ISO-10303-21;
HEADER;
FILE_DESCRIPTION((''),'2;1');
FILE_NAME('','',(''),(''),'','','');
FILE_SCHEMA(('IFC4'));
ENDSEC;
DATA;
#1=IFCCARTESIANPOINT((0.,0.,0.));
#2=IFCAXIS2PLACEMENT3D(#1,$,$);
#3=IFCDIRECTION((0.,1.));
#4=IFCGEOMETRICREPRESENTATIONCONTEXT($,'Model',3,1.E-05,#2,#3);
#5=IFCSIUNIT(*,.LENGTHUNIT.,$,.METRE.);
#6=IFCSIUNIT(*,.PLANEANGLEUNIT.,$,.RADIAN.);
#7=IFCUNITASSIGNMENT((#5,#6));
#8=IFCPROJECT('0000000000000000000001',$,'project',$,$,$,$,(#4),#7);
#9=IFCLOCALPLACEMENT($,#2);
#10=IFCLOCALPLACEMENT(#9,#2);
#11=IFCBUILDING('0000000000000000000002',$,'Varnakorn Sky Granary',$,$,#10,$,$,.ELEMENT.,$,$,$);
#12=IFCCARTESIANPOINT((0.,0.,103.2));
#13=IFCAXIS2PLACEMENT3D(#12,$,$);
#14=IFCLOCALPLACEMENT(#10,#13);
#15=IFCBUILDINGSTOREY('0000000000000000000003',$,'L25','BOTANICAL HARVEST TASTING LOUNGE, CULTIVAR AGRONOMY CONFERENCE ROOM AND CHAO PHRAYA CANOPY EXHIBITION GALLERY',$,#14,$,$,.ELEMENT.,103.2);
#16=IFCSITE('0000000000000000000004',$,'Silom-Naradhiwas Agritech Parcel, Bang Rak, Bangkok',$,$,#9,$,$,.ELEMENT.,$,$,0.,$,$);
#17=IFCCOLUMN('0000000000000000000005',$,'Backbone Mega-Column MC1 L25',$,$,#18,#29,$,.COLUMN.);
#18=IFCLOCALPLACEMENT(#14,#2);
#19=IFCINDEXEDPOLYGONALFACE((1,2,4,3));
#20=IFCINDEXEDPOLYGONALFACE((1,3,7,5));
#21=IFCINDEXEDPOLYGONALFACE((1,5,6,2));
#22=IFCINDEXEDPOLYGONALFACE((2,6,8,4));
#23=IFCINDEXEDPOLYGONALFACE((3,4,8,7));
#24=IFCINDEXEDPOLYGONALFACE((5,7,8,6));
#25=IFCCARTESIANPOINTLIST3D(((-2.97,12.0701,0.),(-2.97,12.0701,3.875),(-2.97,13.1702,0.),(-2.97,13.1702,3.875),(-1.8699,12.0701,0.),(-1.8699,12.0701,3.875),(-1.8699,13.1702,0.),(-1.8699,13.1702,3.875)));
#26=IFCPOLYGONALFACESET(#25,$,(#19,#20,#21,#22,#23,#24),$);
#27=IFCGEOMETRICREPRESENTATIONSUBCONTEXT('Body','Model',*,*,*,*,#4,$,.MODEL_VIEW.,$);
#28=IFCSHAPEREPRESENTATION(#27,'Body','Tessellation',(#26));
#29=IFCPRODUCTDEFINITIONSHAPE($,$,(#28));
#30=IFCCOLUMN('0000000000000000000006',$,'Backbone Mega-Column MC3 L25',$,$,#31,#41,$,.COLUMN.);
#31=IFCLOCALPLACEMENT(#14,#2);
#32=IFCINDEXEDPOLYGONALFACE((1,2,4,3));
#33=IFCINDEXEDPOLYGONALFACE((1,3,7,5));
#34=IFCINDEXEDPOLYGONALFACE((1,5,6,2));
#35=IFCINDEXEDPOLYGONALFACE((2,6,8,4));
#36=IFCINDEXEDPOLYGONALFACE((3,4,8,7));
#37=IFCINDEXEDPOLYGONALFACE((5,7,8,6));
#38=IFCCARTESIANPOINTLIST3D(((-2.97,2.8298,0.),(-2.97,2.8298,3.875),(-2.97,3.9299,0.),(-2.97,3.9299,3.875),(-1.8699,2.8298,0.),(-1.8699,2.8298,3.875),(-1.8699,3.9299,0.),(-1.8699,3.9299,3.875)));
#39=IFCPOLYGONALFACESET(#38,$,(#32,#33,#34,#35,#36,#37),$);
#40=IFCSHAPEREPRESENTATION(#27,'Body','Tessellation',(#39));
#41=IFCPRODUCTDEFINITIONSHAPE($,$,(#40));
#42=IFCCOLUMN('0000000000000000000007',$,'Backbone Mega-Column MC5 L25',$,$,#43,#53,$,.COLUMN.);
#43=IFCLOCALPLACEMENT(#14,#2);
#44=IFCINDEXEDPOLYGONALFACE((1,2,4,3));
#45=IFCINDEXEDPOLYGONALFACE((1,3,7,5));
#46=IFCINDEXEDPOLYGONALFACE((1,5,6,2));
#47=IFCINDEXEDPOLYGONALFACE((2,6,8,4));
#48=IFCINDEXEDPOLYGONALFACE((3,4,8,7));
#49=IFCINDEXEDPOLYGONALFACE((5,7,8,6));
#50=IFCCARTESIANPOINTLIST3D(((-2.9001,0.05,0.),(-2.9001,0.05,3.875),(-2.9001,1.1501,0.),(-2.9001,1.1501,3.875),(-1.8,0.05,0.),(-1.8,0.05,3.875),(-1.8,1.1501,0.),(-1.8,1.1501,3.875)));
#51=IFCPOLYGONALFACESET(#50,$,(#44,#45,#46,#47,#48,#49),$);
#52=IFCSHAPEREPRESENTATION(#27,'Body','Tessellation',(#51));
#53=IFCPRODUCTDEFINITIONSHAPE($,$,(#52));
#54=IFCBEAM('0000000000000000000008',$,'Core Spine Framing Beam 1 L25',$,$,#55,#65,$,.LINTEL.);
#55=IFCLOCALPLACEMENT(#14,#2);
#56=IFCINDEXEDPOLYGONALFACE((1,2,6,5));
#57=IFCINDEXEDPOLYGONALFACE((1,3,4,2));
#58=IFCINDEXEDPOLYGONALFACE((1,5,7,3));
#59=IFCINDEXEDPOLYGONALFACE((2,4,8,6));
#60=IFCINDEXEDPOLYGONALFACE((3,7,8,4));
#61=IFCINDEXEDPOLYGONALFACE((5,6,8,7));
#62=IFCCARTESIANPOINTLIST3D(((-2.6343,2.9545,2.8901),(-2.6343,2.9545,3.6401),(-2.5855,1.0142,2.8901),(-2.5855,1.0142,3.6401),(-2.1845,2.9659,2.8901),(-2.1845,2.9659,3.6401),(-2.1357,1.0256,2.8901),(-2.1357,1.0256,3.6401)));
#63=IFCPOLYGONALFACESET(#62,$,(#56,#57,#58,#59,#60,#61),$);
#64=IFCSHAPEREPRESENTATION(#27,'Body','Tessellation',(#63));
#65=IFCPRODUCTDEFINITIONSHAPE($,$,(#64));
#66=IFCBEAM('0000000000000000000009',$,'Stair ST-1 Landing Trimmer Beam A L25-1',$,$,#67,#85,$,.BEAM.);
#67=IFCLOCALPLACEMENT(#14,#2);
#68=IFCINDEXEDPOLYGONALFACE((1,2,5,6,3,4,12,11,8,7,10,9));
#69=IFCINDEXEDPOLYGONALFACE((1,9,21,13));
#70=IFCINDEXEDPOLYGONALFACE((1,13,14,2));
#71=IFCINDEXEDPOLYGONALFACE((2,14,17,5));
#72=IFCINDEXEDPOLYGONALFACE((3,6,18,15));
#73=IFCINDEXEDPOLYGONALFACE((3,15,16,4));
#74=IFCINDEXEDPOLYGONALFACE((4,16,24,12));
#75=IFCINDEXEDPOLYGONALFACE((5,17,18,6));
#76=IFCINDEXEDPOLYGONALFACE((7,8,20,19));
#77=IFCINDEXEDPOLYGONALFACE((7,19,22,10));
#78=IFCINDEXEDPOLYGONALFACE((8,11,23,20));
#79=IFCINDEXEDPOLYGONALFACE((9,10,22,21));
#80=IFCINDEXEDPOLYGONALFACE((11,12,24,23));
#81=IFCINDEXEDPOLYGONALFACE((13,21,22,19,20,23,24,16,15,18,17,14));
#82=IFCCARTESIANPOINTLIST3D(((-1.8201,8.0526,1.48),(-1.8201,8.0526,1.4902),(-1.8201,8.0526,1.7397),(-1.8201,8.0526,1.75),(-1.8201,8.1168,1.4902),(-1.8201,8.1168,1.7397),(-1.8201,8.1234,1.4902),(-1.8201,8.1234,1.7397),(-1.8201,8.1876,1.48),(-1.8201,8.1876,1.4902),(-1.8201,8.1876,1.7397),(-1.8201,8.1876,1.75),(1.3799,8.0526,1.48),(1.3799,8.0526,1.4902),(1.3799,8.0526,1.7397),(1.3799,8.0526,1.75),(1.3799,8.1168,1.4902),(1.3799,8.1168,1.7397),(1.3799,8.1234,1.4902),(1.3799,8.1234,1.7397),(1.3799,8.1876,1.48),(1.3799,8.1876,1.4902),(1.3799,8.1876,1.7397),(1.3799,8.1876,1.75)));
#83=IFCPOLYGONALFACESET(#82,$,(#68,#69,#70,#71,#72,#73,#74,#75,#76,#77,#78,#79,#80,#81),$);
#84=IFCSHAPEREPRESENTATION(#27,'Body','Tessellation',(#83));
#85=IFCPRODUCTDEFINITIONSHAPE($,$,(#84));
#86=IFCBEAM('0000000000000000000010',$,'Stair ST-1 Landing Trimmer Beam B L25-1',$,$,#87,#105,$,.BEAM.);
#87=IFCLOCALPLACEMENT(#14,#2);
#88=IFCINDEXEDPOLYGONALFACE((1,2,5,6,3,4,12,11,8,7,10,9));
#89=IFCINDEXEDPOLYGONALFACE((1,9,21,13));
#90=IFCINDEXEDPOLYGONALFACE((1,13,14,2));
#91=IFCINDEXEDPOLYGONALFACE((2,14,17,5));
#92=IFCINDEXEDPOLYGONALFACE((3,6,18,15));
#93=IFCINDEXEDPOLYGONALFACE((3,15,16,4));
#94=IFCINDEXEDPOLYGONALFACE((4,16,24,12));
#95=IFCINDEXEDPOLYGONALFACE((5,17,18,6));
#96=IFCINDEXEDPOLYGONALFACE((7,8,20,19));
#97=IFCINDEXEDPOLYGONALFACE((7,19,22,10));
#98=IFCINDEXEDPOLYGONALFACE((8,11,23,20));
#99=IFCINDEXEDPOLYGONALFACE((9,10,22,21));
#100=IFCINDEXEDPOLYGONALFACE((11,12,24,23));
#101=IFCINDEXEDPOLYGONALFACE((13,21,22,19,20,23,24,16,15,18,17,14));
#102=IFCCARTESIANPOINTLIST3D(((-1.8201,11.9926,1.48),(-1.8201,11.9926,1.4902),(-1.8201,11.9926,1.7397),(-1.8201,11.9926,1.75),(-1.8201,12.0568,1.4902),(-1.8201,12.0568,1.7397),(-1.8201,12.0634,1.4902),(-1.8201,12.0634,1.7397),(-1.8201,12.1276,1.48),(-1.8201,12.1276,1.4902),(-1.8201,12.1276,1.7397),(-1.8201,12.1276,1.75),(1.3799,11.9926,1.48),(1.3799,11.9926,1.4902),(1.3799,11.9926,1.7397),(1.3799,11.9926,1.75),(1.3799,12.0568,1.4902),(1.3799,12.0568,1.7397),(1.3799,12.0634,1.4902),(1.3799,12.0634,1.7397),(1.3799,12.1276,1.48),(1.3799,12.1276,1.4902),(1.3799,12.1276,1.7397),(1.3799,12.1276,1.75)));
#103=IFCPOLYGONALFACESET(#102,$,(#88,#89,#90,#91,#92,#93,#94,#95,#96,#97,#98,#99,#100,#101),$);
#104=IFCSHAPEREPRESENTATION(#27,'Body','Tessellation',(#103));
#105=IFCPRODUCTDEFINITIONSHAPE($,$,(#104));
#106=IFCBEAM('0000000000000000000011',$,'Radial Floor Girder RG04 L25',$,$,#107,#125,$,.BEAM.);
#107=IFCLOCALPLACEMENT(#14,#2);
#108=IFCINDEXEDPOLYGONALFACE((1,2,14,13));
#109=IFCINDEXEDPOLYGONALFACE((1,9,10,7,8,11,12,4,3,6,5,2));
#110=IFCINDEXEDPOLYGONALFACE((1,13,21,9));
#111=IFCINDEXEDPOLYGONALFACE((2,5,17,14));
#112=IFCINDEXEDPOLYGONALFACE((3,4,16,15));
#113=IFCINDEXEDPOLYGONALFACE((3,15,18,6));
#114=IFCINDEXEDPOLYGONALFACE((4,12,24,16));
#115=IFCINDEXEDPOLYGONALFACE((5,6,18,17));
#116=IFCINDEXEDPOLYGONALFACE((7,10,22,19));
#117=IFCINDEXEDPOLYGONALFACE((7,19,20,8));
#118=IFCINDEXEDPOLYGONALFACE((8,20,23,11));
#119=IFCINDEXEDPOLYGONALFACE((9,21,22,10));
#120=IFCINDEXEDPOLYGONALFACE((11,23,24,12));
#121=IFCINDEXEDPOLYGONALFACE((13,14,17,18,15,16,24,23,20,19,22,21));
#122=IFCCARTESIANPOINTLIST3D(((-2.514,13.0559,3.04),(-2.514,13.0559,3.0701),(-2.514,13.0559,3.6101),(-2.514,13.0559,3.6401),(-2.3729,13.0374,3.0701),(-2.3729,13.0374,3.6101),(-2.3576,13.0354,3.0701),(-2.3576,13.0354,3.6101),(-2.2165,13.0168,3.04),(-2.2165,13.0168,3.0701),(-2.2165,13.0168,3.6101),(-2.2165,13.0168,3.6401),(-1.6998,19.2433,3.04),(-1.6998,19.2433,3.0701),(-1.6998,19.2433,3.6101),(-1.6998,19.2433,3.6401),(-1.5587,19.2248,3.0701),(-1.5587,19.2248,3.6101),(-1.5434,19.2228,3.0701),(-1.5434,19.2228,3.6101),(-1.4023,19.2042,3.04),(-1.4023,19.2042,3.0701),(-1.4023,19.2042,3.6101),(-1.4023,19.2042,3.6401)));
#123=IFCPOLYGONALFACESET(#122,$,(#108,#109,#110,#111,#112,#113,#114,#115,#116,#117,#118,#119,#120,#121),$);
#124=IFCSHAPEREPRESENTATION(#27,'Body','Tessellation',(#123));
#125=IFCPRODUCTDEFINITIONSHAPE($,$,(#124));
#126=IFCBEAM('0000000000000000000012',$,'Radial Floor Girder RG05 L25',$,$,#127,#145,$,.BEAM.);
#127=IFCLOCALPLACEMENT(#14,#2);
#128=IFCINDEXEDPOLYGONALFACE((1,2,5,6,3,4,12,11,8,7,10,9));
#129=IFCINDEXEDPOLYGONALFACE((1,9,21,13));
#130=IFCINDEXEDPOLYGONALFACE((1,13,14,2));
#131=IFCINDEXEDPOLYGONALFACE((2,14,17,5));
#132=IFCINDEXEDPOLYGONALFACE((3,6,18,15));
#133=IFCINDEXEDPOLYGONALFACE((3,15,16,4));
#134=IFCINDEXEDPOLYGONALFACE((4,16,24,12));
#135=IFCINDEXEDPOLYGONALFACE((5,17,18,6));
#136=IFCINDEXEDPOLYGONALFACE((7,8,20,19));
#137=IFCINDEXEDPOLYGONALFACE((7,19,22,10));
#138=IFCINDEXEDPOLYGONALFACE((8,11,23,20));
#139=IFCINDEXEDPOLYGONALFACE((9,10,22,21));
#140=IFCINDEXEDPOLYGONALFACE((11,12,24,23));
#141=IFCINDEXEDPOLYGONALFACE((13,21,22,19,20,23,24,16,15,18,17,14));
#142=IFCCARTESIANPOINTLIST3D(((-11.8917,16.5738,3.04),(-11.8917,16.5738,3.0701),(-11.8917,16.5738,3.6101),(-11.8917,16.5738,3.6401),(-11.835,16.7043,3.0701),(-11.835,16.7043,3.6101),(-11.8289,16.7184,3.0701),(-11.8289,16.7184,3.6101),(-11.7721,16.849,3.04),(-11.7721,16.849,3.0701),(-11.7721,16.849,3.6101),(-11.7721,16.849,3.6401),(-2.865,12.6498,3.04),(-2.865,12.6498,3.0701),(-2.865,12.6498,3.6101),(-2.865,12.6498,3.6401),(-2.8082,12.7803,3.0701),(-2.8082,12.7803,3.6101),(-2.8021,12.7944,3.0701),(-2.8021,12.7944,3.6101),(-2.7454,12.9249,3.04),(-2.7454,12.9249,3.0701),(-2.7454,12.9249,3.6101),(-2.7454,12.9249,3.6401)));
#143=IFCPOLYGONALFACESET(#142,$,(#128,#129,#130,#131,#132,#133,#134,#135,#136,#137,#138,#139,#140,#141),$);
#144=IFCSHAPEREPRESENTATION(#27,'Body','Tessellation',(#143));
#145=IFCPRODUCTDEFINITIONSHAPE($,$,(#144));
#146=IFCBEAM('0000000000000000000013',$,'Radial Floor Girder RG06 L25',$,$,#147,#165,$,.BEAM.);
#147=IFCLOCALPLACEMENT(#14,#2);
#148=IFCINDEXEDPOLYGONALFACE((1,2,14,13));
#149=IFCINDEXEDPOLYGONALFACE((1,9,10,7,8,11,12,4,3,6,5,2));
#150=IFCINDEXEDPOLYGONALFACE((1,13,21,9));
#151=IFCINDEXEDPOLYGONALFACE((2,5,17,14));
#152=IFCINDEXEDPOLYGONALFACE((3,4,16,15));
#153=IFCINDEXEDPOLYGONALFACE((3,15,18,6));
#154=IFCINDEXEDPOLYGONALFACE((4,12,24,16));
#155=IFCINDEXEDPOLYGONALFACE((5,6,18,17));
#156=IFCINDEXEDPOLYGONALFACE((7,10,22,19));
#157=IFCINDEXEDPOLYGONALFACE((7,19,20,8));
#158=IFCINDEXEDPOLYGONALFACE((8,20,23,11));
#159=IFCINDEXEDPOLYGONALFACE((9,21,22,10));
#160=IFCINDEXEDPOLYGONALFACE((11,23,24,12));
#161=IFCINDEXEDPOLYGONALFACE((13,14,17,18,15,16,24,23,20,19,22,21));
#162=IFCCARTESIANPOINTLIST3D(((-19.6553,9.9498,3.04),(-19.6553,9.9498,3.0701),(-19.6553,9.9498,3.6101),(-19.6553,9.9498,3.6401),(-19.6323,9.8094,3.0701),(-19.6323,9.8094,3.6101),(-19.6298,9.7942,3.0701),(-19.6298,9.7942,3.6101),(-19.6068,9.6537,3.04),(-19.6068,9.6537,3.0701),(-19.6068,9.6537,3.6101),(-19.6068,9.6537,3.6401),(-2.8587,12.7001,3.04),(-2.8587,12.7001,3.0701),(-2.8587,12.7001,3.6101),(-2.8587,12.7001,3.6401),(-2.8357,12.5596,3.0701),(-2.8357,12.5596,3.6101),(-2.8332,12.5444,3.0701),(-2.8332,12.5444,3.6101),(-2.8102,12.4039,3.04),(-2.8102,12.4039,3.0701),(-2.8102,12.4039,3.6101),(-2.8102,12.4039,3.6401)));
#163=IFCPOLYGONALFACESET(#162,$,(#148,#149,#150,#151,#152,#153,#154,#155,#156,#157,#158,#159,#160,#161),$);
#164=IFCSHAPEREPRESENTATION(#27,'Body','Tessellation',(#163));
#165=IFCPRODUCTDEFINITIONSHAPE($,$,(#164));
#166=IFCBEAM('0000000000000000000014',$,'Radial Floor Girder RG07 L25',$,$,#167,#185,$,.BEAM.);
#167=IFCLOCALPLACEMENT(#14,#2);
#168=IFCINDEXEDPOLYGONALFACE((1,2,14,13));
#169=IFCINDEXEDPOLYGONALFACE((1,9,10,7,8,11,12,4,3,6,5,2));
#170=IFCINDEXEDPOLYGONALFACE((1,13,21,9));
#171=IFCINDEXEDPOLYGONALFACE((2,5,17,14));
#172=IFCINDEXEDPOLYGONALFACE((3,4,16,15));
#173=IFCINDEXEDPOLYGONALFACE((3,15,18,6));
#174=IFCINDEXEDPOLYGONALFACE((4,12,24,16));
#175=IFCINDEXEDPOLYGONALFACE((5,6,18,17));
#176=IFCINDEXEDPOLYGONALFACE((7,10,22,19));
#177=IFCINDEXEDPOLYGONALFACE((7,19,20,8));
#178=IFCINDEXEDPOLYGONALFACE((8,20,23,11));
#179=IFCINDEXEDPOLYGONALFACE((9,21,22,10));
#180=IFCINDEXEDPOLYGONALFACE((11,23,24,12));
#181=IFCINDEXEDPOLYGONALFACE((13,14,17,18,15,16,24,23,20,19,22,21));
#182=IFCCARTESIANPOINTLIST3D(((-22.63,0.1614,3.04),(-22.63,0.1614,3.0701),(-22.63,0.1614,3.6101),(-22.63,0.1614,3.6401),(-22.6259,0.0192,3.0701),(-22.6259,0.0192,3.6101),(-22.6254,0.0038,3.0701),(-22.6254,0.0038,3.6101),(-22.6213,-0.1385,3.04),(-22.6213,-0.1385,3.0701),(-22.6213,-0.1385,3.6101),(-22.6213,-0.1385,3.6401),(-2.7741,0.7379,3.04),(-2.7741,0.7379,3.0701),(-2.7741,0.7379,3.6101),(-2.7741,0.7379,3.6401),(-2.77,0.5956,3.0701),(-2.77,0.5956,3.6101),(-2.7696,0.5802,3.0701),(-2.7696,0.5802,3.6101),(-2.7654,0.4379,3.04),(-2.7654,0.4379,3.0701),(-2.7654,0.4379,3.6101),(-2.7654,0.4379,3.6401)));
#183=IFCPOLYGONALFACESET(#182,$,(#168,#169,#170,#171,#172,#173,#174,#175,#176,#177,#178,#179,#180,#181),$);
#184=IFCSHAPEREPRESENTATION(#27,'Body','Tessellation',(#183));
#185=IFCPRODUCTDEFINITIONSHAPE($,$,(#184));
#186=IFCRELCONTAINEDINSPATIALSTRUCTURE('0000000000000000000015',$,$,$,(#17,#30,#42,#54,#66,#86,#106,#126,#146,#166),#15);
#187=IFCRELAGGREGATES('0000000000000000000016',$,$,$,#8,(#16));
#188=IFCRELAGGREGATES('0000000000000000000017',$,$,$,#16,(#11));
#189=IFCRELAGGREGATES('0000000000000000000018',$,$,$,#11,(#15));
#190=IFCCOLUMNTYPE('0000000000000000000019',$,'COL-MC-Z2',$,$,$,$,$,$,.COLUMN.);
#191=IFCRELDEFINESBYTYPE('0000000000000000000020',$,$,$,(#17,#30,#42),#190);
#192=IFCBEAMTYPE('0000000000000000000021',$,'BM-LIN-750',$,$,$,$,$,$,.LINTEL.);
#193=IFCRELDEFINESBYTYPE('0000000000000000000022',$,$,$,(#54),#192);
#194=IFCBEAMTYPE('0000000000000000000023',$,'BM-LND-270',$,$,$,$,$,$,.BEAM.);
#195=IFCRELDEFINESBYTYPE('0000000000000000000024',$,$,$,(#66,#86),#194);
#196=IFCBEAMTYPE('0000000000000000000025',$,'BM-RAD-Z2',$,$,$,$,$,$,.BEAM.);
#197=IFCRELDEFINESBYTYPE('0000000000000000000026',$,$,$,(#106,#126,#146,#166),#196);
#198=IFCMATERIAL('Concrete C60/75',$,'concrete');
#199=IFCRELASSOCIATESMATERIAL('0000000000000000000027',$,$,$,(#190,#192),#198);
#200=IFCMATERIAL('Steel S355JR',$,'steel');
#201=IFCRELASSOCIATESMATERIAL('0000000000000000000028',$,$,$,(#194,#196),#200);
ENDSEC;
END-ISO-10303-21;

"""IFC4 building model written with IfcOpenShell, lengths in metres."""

from ifc_helpers import new_model, si_unit, direction, frame, origin, origin_2d, place, context, subcontext, project, spatial, rectangle, i_section, extrude, material, material_profile, profile_set, type_object, element, save


model = new_model("IFC4")

# Units and contexts
model_context = context("Model", 3, precision=1e-05, world=origin(), true_north=direction((0.0, 1.0)))
body_context = subcontext(model_context, "Body", "Model", "MODEL_VIEW")
ifc_project = project(units=[si_unit("LENGTHUNIT", "METRE"), si_unit("PLANEANGLEUNIT", "RADIAN")], contexts=[model_context])

# Site, building, storey
site_placement = place(None, origin())
site = spatial("IfcSite", under=ifc_project, at=site_placement, Name="Silom-Naradhiwas Agritech Parcel, Bang Rak, Bangkok", CompositionType="ELEMENT", RefElevation=0.0)
building_placement = place(site_placement, origin())
building = spatial("IfcBuilding", under=site, at=building_placement, Name="Varnakorn Sky Granary", CompositionType="ELEMENT")
storey_placement = place(building_placement, frame((0.0, 0.0, 103.2)))
storey = spatial("IfcBuildingStorey", under=building, at=storey_placement, Name="L25", Description="BOTANICAL HARVEST TASTING LOUNGE, CULTIVAR AGRONOMY CONFERENCE ROOM AND CHAO PHRAYA CANOPY EXHIBITION GALLERY", CompositionType="ELEMENT", Elevation=103.2)

# Columns
ifc_material_1 = material(Name="Concrete C60/75", Category="concrete")
ifc_material_profile_1 = material_profile(ifc_material_1, rectangle(XDim=1.1001, YDim=1.1001, at=origin_2d()), Name="RC 1100x1100")
ifc_profile_set_1 = profile_set([ifc_material_profile_1], Name="Concrete C60/75")
column_type = type_object("IfcColumnType", Name="COL-MC-Z2", PredefinedType="COLUMN", material=ifc_profile_set_1)
for number, where, z_axis, x_axis, name in (
    (1, (-2.4199, 12.6201, 0.0), (0.0, 0.0, 1.0), (1.0, 0.0, 0.0), "Backbone Mega-Column MC1 L25"),
    (2, (-2.4199, 3.3799, 0.0), (0.0, 0.0, 1.0), (1.0, 0.0, 0.0), "Backbone Mega-Column MC3 L25"),
    (3, (-2.3501, 0.6001, 0.0), (0.0, 0.0, 1.0), (1.0, 0.0, 0.0), "Backbone Mega-Column MC5 L25"),
):
    element("IfcColumn", number, at=place(storey_placement, frame(where, z_axis=z_axis, x_axis=x_axis)), inside=storey, type_object=column_type, Name=name, PredefinedType="COLUMN", context=body_context, shape_type="SweptSolid", body=[
        extrude(rectangle(XDim=1.1001, YDim=1.1001, at=origin_2d()), origin(), (0.0, 0.0, 1.0), 3.875),
    ])

# Beams
ifc_material_profile_2 = material_profile(ifc_material_1, rectangle(XDim=0.45, YDim=0.75, at=origin_2d()), Name="RC 450x750")
ifc_profile_set_2 = profile_set([ifc_material_profile_2], Name="Concrete C60/75")
beam_type_1 = type_object("IfcBeamType", Name="BM-LIN-750", PredefinedType="LINTEL", material=ifc_profile_set_2)
beam_1_placement = place(storey_placement, frame((-2.4094, 2.9602, 3.2651), z_axis=(0.025159, -0.999683, 0.0), x_axis=(0.999683, 0.025159, 0.0)))
element("IfcBeam", 4, at=beam_1_placement, inside=storey, type_object=beam_type_1, Name="Core Spine Framing Beam 1 L25", PredefinedType="LINTEL", context=body_context, shape_type="SweptSolid", body=[
    extrude(rectangle(XDim=0.45, YDim=0.75, at=origin_2d()), origin(), (0.0, 0.0, 1.0), 1.9409),
])
ifc_material_2 = material(Name="Steel S355JR", Category="steel")
ifc_material_profile_3 = material_profile(ifc_material_2, i_section(OverallWidth=0.135, OverallDepth=0.27, WebThickness=0.0066, FlangeThickness=0.0103, at=origin_2d()), Name="IPE 270")
ifc_profile_set_3 = profile_set([ifc_material_profile_3], Name="Steel S355JR")
beam_type_2 = type_object("IfcBeamType", Name="BM-LND-270", PredefinedType="BEAM", material=ifc_profile_set_3)
for number, where, z_axis, x_axis, name in (
    (5, (-1.8201, 8.1201, 1.615), (1.0, 0.0, 0.0), (0.0, 1.0, 0.0), "Stair ST-1 Landing Trimmer Beam A L25-1"),
    (6, (-1.8201, 12.0601, 1.615), (1.0, 0.0, 0.0), (0.0, 1.0, 0.0), "Stair ST-1 Landing Trimmer Beam B L25-1"),
):
    element("IfcBeam", number, at=place(storey_placement, frame(where, z_axis=z_axis, x_axis=x_axis)), inside=storey, type_object=beam_type_2, Name=name, PredefinedType="BEAM", context=body_context, shape_type="SweptSolid", body=[
        extrude(i_section(OverallWidth=0.135, OverallDepth=0.27, WebThickness=0.0066, FlangeThickness=0.0103, at=origin_2d()), origin(), (0.0, 0.0, 1.0), 3.2),
    ])
ifc_material_profile_4 = material_profile(ifc_material_2, i_section(OverallWidth=0.3, OverallDepth=0.6001, WebThickness=0.0154, FlangeThickness=0.03, at=origin_2d()), Name="HE 600 B")
ifc_profile_set_4 = profile_set([ifc_material_profile_4], Name="Steel S355JR")
beam_type_3 = type_object("IfcBeamType", Name="BM-RAD-Z2", PredefinedType="BEAM", material=ifc_profile_set_4)
beam_2_placement = place(storey_placement, frame((-2.3652, 13.0364, 3.3401), z_axis=(0.130465, 0.991453, 0.0), x_axis=(-0.991453, 0.130465, 0.0)))
element("IfcBeam", 7, at=beam_2_placement, inside=storey, type_object=beam_type_3, Name="Radial Floor Girder RG04 L25", PredefinedType="BEAM", context=body_context, shape_type="SweptSolid", body=[
    extrude(i_section(OverallWidth=0.3, OverallDepth=0.6001, WebThickness=0.0154, FlangeThickness=0.03, at=origin_2d()), origin(), (0.0, 0.0, 1.0), 6.2407),
])
beam_3_placement = place(storey_placement, frame((-2.8052, 12.7874, 3.3401), z_axis=(-0.917094, 0.398671, 0.0), x_axis=(-0.398671, -0.917094, 0.0)))
element("IfcBeam", 8, at=beam_3_placement, inside=storey, type_object=beam_type_3, Name="Radial Floor Girder RG05 L25", PredefinedType="BEAM", context=body_context, shape_type="SweptSolid", body=[
    extrude(i_section(OverallWidth=0.3, OverallDepth=0.6001, WebThickness=0.0154, FlangeThickness=0.03, at=origin_2d()), origin(), (0.0, 0.0, 1.0), 9.8428),
])
beam_4_placement = place(storey_placement, frame((-2.8345, 12.552, 3.3401), z_axis=(-0.986859, -0.161586, 0.0), x_axis=(0.161586, -0.986859, 0.0)))
element("IfcBeam", 9, at=beam_4_placement, inside=storey, type_object=beam_type_3, Name="Radial Floor Girder RG06 L25", PredefinedType="BEAM", context=body_context, shape_type="SweptSolid", body=[
    extrude(i_section(OverallWidth=0.3, OverallDepth=0.6001, WebThickness=0.0154, FlangeThickness=0.03, at=origin_2d()), origin(), (0.0, 0.0, 1.0), 17.0203),
])
beam_5_placement = place(storey_placement, frame((-2.7698, 0.5879, 3.3401), z_axis=(-0.999579, -0.029018, 0.0), x_axis=(0.029018, -0.999579, 0.0)))
element("IfcBeam", 10, at=beam_5_placement, inside=storey, type_object=beam_type_3, Name="Radial Floor Girder RG07 L25", PredefinedType="BEAM", context=body_context, shape_type="SweptSolid", body=[
    extrude(i_section(OverallWidth=0.3, OverallDepth=0.6001, WebThickness=0.0154, FlangeThickness=0.03, at=origin_2d()), origin(), (0.0, 0.0, 1.0), 19.8643),
])

save(model, "model.ifc")
